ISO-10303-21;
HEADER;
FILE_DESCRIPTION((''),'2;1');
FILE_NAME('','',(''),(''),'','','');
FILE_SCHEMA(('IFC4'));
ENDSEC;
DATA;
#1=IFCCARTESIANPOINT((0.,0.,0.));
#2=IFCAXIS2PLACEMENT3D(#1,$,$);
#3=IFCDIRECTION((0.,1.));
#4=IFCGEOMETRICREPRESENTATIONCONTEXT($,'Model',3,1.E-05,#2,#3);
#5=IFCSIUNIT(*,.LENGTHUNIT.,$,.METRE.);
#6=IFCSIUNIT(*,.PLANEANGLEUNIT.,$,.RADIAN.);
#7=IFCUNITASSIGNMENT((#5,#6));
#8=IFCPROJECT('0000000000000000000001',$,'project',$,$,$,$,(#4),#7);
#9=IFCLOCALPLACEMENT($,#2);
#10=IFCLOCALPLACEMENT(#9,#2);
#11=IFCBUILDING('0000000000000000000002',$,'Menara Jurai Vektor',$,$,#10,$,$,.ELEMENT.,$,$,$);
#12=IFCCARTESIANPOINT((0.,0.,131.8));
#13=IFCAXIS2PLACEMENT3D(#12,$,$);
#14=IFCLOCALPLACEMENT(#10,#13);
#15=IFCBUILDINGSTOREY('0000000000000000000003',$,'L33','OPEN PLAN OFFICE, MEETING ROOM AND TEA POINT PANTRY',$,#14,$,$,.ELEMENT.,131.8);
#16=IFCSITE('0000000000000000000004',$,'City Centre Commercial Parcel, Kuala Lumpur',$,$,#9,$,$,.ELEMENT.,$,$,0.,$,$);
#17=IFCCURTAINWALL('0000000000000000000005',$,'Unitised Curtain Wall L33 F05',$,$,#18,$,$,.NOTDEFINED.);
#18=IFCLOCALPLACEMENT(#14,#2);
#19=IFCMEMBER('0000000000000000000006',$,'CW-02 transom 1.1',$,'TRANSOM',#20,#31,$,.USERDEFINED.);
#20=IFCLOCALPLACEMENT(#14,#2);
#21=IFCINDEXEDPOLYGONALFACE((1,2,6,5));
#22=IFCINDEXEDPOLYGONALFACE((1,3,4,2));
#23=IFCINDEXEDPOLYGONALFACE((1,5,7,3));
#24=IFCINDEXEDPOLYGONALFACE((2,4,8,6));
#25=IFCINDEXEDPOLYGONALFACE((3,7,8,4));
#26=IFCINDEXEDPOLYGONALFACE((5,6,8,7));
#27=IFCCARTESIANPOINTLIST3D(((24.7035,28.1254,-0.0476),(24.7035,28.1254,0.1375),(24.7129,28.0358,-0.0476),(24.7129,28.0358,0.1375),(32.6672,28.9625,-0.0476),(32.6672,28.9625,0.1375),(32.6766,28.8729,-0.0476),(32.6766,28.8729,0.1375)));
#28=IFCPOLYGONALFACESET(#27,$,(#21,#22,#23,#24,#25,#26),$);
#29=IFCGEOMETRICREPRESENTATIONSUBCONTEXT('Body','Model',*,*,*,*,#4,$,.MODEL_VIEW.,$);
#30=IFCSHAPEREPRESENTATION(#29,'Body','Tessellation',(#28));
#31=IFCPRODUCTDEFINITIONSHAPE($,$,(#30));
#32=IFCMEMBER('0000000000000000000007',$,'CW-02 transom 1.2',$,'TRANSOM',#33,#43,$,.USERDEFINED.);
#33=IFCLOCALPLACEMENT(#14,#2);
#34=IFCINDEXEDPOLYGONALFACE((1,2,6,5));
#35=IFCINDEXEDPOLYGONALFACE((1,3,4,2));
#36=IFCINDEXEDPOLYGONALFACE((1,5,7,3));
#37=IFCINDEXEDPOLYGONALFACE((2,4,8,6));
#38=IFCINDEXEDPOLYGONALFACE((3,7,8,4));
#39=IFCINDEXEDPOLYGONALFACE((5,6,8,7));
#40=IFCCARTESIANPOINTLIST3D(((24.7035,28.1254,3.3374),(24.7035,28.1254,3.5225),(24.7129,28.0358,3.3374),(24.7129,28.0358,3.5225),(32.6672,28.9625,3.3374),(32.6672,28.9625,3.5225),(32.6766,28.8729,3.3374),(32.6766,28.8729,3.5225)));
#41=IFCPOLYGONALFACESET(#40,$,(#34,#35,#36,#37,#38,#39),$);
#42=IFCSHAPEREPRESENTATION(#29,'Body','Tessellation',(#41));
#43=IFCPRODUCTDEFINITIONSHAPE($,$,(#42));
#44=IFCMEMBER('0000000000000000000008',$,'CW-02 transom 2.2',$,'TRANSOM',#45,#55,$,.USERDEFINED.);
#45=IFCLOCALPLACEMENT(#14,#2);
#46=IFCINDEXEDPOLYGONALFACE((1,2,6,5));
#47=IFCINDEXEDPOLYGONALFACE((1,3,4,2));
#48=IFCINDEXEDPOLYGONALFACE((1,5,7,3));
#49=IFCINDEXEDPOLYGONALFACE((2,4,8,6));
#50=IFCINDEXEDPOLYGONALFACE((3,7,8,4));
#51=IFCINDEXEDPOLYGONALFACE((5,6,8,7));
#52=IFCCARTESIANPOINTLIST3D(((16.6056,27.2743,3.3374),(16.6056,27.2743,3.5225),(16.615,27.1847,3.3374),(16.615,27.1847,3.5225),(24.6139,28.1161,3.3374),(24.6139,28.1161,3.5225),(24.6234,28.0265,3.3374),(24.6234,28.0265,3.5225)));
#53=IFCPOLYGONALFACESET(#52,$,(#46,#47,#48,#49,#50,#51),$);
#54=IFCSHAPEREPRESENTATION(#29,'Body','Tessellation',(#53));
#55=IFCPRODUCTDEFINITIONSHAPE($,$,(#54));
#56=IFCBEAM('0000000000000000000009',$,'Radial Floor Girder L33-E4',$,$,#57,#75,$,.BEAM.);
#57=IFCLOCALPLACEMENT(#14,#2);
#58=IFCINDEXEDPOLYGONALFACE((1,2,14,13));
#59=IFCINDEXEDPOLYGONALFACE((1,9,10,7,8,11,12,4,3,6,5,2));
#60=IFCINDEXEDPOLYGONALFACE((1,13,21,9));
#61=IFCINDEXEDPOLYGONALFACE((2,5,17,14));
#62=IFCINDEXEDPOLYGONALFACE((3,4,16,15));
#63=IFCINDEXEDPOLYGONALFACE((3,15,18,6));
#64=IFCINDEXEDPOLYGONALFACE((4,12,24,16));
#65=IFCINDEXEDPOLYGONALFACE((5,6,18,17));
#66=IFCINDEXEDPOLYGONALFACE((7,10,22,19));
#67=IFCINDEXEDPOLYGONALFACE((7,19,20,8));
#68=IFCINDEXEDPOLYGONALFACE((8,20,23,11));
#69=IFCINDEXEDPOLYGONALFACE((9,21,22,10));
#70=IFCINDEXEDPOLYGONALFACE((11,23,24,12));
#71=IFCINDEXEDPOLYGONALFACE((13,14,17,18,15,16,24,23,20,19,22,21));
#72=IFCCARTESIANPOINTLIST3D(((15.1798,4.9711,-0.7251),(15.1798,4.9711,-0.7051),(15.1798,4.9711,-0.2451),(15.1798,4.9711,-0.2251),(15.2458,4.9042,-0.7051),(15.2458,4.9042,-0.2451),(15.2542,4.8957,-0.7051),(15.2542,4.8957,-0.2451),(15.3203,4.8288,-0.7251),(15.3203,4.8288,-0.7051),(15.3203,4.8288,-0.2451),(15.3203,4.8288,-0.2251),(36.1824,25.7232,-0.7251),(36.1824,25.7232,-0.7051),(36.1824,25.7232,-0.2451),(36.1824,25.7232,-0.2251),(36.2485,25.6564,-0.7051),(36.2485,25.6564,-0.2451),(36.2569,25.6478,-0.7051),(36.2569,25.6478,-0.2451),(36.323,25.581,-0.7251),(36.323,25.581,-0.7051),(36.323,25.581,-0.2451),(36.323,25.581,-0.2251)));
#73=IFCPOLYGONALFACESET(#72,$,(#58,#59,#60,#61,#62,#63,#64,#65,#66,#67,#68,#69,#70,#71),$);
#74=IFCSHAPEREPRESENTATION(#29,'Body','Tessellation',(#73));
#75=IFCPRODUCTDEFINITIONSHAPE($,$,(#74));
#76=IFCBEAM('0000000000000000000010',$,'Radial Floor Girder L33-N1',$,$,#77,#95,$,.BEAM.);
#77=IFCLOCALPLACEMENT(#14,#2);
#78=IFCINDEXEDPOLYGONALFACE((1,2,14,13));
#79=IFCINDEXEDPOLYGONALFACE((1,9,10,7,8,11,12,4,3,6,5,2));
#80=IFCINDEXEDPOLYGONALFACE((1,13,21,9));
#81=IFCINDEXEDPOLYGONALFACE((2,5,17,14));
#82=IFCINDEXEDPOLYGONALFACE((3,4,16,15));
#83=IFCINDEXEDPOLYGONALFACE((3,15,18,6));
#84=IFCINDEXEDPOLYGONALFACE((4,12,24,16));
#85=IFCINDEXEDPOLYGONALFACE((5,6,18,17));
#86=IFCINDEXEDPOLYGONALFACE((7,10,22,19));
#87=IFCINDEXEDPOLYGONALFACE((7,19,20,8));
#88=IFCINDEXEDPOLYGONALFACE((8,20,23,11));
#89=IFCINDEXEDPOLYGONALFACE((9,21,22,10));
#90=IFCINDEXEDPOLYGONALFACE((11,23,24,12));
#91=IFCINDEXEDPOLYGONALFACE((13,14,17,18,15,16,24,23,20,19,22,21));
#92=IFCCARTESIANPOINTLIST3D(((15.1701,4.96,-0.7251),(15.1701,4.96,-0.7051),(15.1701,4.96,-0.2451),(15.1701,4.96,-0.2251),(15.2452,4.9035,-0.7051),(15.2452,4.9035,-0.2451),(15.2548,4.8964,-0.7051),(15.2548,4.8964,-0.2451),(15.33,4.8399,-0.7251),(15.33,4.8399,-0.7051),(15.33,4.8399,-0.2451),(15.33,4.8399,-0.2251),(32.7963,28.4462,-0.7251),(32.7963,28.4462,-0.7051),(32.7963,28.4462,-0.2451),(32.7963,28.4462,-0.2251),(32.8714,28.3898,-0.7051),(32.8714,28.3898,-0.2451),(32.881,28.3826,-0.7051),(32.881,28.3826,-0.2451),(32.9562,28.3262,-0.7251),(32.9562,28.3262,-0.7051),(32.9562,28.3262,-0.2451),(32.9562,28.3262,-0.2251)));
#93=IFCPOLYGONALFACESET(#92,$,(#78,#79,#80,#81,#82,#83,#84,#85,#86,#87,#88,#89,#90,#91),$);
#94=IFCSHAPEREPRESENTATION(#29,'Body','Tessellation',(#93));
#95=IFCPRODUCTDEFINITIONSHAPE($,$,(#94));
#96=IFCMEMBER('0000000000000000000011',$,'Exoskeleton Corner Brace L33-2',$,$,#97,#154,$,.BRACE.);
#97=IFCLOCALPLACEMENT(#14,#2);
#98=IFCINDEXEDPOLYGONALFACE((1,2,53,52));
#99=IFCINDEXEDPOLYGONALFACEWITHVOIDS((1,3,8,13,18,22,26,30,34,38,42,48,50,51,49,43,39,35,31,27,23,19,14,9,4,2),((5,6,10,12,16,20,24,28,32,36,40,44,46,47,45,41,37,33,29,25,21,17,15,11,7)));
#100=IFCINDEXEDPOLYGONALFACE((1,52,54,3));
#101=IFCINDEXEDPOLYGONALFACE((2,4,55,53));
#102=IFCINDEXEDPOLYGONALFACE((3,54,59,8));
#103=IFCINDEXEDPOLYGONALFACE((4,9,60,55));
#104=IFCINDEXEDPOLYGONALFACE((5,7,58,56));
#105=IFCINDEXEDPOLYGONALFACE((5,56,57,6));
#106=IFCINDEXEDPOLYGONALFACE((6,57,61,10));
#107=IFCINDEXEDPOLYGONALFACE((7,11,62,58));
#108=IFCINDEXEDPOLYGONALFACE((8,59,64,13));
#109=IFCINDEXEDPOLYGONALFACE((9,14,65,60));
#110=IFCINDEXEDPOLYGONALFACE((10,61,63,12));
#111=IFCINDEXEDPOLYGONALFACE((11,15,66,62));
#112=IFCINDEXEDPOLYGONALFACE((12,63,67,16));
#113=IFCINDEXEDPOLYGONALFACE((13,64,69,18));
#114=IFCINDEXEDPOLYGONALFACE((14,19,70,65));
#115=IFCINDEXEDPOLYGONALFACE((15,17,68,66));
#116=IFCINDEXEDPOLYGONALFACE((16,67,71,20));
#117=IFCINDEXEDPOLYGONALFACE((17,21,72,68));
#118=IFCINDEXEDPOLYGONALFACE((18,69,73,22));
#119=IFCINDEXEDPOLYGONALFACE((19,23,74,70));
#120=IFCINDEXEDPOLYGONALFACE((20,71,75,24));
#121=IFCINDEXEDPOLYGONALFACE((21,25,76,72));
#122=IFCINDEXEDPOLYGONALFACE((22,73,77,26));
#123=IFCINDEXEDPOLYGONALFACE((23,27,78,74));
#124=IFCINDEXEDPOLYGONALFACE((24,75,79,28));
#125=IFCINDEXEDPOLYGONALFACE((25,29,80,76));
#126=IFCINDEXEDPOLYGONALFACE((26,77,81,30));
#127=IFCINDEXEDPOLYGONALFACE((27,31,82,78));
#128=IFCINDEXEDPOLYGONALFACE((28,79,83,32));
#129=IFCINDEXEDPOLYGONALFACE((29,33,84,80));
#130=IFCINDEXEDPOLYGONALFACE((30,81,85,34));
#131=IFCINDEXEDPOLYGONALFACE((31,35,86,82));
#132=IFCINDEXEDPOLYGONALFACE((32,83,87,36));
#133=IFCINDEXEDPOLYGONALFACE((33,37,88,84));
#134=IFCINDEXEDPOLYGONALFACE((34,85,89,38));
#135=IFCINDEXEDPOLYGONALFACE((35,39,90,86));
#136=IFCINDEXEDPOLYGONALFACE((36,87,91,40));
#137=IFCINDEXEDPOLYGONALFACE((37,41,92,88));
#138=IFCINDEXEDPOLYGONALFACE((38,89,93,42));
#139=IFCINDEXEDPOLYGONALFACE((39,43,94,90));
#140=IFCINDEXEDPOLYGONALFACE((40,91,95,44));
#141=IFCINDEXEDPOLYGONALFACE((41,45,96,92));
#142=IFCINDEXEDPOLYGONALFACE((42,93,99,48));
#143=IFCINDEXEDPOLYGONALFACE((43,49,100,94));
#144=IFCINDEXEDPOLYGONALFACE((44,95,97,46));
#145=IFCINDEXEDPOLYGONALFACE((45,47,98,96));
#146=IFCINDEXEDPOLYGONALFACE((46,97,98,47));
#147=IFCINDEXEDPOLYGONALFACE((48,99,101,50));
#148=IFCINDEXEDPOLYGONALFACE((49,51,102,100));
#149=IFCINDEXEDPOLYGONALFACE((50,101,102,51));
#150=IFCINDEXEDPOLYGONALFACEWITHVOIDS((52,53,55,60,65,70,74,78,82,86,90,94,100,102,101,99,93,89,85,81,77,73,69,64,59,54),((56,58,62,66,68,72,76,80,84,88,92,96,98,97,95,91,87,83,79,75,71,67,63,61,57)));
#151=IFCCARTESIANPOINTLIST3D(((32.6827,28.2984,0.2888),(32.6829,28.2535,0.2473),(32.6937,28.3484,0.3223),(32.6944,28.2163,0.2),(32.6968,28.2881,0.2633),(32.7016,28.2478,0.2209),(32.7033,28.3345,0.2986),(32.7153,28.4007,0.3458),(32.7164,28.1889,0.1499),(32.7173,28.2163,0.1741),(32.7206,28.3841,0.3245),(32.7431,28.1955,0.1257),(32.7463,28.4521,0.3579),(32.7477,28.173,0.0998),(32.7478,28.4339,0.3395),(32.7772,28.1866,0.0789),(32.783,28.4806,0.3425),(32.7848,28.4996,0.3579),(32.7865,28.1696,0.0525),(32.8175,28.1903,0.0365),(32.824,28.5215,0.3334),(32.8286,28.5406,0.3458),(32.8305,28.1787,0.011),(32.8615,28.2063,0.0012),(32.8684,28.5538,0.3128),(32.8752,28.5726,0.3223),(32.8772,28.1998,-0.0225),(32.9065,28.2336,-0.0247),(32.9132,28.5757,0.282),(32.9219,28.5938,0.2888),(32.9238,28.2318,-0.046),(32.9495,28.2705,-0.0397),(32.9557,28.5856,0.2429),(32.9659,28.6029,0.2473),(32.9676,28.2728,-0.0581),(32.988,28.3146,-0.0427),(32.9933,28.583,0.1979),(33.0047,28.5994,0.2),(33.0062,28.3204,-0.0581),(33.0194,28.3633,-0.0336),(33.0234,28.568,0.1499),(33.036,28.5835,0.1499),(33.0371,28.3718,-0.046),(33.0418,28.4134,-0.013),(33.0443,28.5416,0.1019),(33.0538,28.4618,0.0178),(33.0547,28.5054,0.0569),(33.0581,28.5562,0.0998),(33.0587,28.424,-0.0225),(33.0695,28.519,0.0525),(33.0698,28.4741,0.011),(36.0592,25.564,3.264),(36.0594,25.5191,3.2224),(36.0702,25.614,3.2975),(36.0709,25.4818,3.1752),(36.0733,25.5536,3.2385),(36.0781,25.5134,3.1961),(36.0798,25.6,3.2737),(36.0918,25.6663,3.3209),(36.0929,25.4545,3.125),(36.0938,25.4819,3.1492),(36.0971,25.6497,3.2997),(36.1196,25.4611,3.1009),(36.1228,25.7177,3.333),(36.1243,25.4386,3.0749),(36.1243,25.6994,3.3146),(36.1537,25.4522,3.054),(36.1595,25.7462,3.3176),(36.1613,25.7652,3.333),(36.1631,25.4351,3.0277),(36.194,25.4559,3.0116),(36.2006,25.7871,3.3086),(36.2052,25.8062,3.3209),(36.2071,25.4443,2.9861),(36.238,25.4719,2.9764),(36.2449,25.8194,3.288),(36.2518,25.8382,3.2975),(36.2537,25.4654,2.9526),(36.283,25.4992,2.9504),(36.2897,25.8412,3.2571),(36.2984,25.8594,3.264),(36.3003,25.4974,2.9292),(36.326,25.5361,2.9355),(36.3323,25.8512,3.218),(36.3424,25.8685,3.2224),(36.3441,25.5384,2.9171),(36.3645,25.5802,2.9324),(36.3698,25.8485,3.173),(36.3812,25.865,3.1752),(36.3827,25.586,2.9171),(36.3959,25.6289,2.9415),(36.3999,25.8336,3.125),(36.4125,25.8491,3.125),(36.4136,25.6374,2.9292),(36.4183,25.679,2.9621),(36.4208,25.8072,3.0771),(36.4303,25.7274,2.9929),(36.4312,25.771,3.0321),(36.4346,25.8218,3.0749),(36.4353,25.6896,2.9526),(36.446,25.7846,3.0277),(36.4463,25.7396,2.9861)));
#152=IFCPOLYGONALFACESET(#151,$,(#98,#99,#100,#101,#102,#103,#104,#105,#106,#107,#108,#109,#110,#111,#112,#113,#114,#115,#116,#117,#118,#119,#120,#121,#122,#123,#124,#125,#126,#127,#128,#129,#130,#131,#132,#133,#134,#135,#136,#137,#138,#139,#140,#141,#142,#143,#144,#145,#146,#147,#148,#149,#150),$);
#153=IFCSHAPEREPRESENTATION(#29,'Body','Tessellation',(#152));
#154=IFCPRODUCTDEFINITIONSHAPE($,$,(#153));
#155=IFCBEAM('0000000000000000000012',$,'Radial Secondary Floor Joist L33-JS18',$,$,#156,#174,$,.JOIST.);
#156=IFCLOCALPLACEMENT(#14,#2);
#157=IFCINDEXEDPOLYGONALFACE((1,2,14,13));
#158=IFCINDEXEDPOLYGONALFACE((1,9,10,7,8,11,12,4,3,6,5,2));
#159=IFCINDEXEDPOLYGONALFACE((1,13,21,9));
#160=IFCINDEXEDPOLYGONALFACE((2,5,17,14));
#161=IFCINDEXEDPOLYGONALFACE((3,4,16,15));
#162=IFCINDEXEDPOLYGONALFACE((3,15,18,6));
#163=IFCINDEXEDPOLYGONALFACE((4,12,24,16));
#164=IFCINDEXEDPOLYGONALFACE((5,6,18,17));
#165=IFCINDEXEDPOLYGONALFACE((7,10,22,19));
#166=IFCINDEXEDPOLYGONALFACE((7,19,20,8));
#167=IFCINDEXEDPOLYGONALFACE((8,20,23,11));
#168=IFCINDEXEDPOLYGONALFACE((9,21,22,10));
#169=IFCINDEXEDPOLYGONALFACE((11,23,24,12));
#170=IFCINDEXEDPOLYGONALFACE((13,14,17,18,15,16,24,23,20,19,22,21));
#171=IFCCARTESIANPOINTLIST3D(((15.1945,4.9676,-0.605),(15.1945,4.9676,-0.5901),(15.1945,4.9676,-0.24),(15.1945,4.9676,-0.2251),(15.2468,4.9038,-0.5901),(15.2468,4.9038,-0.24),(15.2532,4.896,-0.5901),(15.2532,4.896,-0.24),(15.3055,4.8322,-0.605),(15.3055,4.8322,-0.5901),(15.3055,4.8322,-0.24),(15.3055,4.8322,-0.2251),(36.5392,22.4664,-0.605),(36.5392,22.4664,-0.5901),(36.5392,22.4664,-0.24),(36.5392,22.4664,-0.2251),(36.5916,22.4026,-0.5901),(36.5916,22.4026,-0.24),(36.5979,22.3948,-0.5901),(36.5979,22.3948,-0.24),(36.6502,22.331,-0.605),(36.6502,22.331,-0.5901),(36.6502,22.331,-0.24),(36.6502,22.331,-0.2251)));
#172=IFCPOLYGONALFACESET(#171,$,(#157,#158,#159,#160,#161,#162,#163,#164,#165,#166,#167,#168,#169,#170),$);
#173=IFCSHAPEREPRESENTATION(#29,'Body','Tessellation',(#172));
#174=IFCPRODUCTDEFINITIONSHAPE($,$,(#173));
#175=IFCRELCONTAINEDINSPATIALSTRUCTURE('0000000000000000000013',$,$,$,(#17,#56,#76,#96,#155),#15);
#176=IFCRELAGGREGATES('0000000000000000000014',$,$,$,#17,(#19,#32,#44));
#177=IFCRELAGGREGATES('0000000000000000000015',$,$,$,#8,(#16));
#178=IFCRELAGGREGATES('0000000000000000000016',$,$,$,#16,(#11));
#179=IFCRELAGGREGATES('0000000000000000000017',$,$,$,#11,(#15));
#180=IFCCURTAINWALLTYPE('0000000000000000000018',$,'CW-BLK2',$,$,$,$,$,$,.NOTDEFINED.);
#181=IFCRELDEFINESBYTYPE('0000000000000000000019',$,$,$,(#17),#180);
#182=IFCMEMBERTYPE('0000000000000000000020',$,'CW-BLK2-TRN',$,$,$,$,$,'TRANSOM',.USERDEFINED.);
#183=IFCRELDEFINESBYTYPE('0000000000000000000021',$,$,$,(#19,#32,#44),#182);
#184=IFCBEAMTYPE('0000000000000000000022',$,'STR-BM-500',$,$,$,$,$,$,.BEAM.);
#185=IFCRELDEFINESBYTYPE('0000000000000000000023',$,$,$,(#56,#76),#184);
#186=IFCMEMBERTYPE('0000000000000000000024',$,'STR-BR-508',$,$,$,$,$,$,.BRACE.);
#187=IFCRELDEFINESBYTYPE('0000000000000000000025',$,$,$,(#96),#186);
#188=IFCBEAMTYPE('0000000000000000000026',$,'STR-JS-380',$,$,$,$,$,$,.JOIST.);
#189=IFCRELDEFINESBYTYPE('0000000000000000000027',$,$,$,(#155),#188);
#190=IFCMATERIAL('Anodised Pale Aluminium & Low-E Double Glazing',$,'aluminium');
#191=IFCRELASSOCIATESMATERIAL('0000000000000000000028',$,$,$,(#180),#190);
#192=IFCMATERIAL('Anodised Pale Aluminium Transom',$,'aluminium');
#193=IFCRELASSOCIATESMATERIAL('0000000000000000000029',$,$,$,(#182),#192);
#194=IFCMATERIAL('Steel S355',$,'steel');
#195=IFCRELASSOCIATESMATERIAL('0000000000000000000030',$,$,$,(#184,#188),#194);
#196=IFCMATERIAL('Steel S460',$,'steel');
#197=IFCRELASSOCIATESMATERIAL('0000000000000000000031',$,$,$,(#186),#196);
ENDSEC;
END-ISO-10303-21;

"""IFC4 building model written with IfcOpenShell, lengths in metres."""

from ifc_helpers import new_model, si_unit, direction, frame, origin, origin_2d, place, context, subcontext, project, spatial, rectangle, hollow_circle, i_section, extrude, material, material_profile, profile_set, type_object, element, aggregate, save


model = new_model("IFC4")

# Units and contexts
model_context = context("Model", 3, precision=1e-05, world=origin(), true_north=direction((0.0, 1.0)))
body_context = subcontext(model_context, "Body", "Model", "MODEL_VIEW")
ifc_project = project(units=[si_unit("LENGTHUNIT", "METRE"), si_unit("PLANEANGLEUNIT", "RADIAN")], contexts=[model_context])

# Site, building, storey
site_placement = place(None, origin())
site = spatial("IfcSite", under=ifc_project, at=site_placement, Name="City Centre Commercial Parcel, Kuala Lumpur", CompositionType="ELEMENT", RefElevation=0.0)
building_placement = place(site_placement, origin())
building = spatial("IfcBuilding", under=site, at=building_placement, Name="Menara Jurai Vektor", CompositionType="ELEMENT")
storey_placement = place(building_placement, frame((0.0, 0.0, 131.8)))
storey = spatial("IfcBuildingStorey", under=building, at=storey_placement, Name="L33", Description="OPEN PLAN OFFICE, MEETING ROOM AND TEA POINT PANTRY", CompositionType="ELEMENT", Elevation=131.8)

# Shared definitions
ifc_material_1 = material(Name="Steel S460", Category="steel")

# Shared definitions
ifc_material_2 = material(Name="Anodised Pale Aluminium & Low-E Double Glazing", Category="aluminium")
curtain_wall_type = type_object("IfcCurtainWallType", Name="CW-BLK2", PredefinedType="NOTDEFINED", material=ifc_material_2)

# Curtain wall
curtain_wall_1_placement = place(storey_placement, origin())
curtain_wall_1 = element("IfcCurtainWall", 1, at=curtain_wall_1_placement, inside=storey, type_object=curtain_wall_type, Name="Unitised Curtain Wall L33 F05", PredefinedType="NOTDEFINED")

# Members
ifc_material_3 = material(Name="Anodised Pale Aluminium Transom", Category="aluminium")
ifc_material_profile_1 = material_profile(ifc_material_3, rectangle(XDim=0.0901, YDim=0.1851, at=origin_2d()), Name="ALU TRN 90x185")
ifc_profile_set_1 = profile_set([ifc_material_profile_1], Name="Anodised Pale Aluminium Transom")
member_type_1 = type_object("IfcMemberType", Name="CW-BLK2-TRN", ElementType="TRANSOM", PredefinedType="USERDEFINED", material=ifc_profile_set_1)
member_1_placement = place(storey_placement, frame((32.6719, 28.9177, 0.0449), z_axis=(-0.99452, -0.104547, 0.0), x_axis=(0.104547, -0.99452, 0.0)))
member_1 = element("IfcMember", 2, at=member_1_placement, type_object=member_type_1, Name="CW-02 transom 1.1", ObjectType="TRANSOM", PredefinedType="USERDEFINED", context=body_context, shape_type="SweptSolid", body=[
    extrude(rectangle(XDim=0.0901, YDim=0.1851, at=origin_2d()), origin(), (0.0, 0.0, 1.0), 8.0076),
])
member_2_placement = place(storey_placement, frame((32.6719, 28.9177, 3.4299), z_axis=(-0.99452, -0.104547, 0.0), x_axis=(0.104547, -0.99452, 0.0)))
member_2 = element("IfcMember", 3, at=member_2_placement, type_object=member_type_1, Name="CW-02 transom 1.2", ObjectType="TRANSOM", PredefinedType="USERDEFINED", context=body_context, shape_type="SweptSolid", body=[
    extrude(rectangle(XDim=0.0901, YDim=0.1851, at=origin_2d()), origin(), (0.0, 0.0, 1.0), 8.0076),
])
member_3_placement = place(storey_placement, frame((24.6187, 28.0713, 3.4299), z_axis=(-0.994521, -0.10454, 0.0), x_axis=(0.10454, -0.994521, 0.0)))
member_3 = element("IfcMember", 4, at=member_3_placement, type_object=member_type_1, Name="CW-02 transom 2.2", ObjectType="TRANSOM", PredefinedType="USERDEFINED", context=body_context, shape_type="SweptSolid", body=[
    extrude(rectangle(XDim=0.0901, YDim=0.1851, at=origin_2d()), origin(), (0.0, 0.0, 1.0), 8.0525),
])

# Beams
ifc_material_4 = material(Name="Steel S355", Category="steel")
ifc_material_profile_2 = material_profile(ifc_material_4, i_section(OverallWidth=0.2, OverallDepth=0.5, WebThickness=0.012, FlangeThickness=0.02, at=origin_2d()), Name="PG 500x200x96")
ifc_profile_set_2 = profile_set([ifc_material_profile_2], Name="Steel S355")
beam_type_1 = type_object("IfcBeamType", Name="STR-BM-500", PredefinedType="BEAM", material=ifc_profile_set_2)
beam_1_placement = place(storey_placement, frame((36.2527, 25.6521, -0.4751), z_axis=(-0.711336, -0.702852, 0.0), x_axis=(0.702852, -0.711336, 0.0)))
element("IfcBeam", 5, at=beam_1_placement, inside=storey, type_object=beam_type_1, Name="Radial Floor Girder L33-E4", PredefinedType="BEAM", context=body_context, shape_type="SweptSolid", body=[
    extrude(i_section(OverallWidth=0.2, OverallDepth=0.5, WebThickness=0.012, FlangeThickness=0.02, at=origin_2d()), origin(), (0.0, 0.0, 1.0), 29.5256),
])
beam_2_placement = place(storey_placement, frame((32.8762, 28.3862, -0.4751), z_axis=(-0.60025, -0.799812, 0.0), x_axis=(0.799812, -0.60025, 0.0)))
element("IfcBeam", 6, at=beam_2_placement, inside=storey, type_object=beam_type_1, Name="Radial Floor Girder L33-N1", PredefinedType="BEAM", context=body_context, shape_type="SweptSolid", body=[
    extrude(i_section(OverallWidth=0.2, OverallDepth=0.5, WebThickness=0.012, FlangeThickness=0.02, at=origin_2d()), origin(), (0.0, 0.0, 1.0), 29.3647),
])

# Member
ifc_material_profile_3 = material_profile(ifc_material_1, hollow_circle(Radius=0.2539, WallThickness=0.02, at=origin_2d()), Name="CHS 508x20")
ifc_profile_set_3 = profile_set([ifc_material_profile_3], Name="Steel S460")
member_type_2 = type_object("IfcMemberType", Name="STR-BR-508", PredefinedType="BRACE", material=ifc_profile_set_3)
member_4_placement = place(storey_placement, frame((32.8762, 28.3862, 0.1499), z_axis=(0.641208, -0.519272, 0.564986), x_axis=(0.629344, 0.777127, 0.0)))
element("IfcMember", 7, at=member_4_placement, inside=storey, type_object=member_type_2, Name="Exoskeleton Corner Brace L33-2", PredefinedType="BRACE", context=body_context, shape_type="SweptSolid", body=[
    extrude(hollow_circle(Radius=0.2539, WallThickness=0.02, at=origin_2d()), origin(), (0.0, 0.0, 1.0), 5.2659),
])

# Beam
ifc_material_profile_4 = material_profile(ifc_material_4, i_section(OverallWidth=0.175, OverallDepth=0.3799, WebThickness=0.01, FlangeThickness=0.0149, at=origin_2d()), Name="PG 380x175x58")
ifc_profile_set_4 = profile_set([ifc_material_profile_4], Name="Steel S355")
beam_type_2 = type_object("IfcBeamType", Name="STR-JS-380", PredefinedType="JOIST", material=ifc_profile_set_4)
beam_3_placement = place(storey_placement, frame((36.5947, 22.3987, -0.415), z_axis=(-0.773337, -0.633995, 0.0), x_axis=(0.633995, -0.773337, 0.0)))
element("IfcBeam", 8, at=beam_3_placement, inside=storey, type_object=beam_type_2, Name="Radial Secondary Floor Joist L33-JS18", PredefinedType="JOIST", context=body_context, shape_type="SweptSolid", body=[
    extrude(i_section(OverallWidth=0.175, OverallDepth=0.3799, WebThickness=0.01, FlangeThickness=0.0149, at=origin_2d()), origin(), (0.0, 0.0, 1.0), 27.6008),
])

aggregate(curtain_wall_1, [member_1, member_2, member_3])

save(model, "model.ifc")
